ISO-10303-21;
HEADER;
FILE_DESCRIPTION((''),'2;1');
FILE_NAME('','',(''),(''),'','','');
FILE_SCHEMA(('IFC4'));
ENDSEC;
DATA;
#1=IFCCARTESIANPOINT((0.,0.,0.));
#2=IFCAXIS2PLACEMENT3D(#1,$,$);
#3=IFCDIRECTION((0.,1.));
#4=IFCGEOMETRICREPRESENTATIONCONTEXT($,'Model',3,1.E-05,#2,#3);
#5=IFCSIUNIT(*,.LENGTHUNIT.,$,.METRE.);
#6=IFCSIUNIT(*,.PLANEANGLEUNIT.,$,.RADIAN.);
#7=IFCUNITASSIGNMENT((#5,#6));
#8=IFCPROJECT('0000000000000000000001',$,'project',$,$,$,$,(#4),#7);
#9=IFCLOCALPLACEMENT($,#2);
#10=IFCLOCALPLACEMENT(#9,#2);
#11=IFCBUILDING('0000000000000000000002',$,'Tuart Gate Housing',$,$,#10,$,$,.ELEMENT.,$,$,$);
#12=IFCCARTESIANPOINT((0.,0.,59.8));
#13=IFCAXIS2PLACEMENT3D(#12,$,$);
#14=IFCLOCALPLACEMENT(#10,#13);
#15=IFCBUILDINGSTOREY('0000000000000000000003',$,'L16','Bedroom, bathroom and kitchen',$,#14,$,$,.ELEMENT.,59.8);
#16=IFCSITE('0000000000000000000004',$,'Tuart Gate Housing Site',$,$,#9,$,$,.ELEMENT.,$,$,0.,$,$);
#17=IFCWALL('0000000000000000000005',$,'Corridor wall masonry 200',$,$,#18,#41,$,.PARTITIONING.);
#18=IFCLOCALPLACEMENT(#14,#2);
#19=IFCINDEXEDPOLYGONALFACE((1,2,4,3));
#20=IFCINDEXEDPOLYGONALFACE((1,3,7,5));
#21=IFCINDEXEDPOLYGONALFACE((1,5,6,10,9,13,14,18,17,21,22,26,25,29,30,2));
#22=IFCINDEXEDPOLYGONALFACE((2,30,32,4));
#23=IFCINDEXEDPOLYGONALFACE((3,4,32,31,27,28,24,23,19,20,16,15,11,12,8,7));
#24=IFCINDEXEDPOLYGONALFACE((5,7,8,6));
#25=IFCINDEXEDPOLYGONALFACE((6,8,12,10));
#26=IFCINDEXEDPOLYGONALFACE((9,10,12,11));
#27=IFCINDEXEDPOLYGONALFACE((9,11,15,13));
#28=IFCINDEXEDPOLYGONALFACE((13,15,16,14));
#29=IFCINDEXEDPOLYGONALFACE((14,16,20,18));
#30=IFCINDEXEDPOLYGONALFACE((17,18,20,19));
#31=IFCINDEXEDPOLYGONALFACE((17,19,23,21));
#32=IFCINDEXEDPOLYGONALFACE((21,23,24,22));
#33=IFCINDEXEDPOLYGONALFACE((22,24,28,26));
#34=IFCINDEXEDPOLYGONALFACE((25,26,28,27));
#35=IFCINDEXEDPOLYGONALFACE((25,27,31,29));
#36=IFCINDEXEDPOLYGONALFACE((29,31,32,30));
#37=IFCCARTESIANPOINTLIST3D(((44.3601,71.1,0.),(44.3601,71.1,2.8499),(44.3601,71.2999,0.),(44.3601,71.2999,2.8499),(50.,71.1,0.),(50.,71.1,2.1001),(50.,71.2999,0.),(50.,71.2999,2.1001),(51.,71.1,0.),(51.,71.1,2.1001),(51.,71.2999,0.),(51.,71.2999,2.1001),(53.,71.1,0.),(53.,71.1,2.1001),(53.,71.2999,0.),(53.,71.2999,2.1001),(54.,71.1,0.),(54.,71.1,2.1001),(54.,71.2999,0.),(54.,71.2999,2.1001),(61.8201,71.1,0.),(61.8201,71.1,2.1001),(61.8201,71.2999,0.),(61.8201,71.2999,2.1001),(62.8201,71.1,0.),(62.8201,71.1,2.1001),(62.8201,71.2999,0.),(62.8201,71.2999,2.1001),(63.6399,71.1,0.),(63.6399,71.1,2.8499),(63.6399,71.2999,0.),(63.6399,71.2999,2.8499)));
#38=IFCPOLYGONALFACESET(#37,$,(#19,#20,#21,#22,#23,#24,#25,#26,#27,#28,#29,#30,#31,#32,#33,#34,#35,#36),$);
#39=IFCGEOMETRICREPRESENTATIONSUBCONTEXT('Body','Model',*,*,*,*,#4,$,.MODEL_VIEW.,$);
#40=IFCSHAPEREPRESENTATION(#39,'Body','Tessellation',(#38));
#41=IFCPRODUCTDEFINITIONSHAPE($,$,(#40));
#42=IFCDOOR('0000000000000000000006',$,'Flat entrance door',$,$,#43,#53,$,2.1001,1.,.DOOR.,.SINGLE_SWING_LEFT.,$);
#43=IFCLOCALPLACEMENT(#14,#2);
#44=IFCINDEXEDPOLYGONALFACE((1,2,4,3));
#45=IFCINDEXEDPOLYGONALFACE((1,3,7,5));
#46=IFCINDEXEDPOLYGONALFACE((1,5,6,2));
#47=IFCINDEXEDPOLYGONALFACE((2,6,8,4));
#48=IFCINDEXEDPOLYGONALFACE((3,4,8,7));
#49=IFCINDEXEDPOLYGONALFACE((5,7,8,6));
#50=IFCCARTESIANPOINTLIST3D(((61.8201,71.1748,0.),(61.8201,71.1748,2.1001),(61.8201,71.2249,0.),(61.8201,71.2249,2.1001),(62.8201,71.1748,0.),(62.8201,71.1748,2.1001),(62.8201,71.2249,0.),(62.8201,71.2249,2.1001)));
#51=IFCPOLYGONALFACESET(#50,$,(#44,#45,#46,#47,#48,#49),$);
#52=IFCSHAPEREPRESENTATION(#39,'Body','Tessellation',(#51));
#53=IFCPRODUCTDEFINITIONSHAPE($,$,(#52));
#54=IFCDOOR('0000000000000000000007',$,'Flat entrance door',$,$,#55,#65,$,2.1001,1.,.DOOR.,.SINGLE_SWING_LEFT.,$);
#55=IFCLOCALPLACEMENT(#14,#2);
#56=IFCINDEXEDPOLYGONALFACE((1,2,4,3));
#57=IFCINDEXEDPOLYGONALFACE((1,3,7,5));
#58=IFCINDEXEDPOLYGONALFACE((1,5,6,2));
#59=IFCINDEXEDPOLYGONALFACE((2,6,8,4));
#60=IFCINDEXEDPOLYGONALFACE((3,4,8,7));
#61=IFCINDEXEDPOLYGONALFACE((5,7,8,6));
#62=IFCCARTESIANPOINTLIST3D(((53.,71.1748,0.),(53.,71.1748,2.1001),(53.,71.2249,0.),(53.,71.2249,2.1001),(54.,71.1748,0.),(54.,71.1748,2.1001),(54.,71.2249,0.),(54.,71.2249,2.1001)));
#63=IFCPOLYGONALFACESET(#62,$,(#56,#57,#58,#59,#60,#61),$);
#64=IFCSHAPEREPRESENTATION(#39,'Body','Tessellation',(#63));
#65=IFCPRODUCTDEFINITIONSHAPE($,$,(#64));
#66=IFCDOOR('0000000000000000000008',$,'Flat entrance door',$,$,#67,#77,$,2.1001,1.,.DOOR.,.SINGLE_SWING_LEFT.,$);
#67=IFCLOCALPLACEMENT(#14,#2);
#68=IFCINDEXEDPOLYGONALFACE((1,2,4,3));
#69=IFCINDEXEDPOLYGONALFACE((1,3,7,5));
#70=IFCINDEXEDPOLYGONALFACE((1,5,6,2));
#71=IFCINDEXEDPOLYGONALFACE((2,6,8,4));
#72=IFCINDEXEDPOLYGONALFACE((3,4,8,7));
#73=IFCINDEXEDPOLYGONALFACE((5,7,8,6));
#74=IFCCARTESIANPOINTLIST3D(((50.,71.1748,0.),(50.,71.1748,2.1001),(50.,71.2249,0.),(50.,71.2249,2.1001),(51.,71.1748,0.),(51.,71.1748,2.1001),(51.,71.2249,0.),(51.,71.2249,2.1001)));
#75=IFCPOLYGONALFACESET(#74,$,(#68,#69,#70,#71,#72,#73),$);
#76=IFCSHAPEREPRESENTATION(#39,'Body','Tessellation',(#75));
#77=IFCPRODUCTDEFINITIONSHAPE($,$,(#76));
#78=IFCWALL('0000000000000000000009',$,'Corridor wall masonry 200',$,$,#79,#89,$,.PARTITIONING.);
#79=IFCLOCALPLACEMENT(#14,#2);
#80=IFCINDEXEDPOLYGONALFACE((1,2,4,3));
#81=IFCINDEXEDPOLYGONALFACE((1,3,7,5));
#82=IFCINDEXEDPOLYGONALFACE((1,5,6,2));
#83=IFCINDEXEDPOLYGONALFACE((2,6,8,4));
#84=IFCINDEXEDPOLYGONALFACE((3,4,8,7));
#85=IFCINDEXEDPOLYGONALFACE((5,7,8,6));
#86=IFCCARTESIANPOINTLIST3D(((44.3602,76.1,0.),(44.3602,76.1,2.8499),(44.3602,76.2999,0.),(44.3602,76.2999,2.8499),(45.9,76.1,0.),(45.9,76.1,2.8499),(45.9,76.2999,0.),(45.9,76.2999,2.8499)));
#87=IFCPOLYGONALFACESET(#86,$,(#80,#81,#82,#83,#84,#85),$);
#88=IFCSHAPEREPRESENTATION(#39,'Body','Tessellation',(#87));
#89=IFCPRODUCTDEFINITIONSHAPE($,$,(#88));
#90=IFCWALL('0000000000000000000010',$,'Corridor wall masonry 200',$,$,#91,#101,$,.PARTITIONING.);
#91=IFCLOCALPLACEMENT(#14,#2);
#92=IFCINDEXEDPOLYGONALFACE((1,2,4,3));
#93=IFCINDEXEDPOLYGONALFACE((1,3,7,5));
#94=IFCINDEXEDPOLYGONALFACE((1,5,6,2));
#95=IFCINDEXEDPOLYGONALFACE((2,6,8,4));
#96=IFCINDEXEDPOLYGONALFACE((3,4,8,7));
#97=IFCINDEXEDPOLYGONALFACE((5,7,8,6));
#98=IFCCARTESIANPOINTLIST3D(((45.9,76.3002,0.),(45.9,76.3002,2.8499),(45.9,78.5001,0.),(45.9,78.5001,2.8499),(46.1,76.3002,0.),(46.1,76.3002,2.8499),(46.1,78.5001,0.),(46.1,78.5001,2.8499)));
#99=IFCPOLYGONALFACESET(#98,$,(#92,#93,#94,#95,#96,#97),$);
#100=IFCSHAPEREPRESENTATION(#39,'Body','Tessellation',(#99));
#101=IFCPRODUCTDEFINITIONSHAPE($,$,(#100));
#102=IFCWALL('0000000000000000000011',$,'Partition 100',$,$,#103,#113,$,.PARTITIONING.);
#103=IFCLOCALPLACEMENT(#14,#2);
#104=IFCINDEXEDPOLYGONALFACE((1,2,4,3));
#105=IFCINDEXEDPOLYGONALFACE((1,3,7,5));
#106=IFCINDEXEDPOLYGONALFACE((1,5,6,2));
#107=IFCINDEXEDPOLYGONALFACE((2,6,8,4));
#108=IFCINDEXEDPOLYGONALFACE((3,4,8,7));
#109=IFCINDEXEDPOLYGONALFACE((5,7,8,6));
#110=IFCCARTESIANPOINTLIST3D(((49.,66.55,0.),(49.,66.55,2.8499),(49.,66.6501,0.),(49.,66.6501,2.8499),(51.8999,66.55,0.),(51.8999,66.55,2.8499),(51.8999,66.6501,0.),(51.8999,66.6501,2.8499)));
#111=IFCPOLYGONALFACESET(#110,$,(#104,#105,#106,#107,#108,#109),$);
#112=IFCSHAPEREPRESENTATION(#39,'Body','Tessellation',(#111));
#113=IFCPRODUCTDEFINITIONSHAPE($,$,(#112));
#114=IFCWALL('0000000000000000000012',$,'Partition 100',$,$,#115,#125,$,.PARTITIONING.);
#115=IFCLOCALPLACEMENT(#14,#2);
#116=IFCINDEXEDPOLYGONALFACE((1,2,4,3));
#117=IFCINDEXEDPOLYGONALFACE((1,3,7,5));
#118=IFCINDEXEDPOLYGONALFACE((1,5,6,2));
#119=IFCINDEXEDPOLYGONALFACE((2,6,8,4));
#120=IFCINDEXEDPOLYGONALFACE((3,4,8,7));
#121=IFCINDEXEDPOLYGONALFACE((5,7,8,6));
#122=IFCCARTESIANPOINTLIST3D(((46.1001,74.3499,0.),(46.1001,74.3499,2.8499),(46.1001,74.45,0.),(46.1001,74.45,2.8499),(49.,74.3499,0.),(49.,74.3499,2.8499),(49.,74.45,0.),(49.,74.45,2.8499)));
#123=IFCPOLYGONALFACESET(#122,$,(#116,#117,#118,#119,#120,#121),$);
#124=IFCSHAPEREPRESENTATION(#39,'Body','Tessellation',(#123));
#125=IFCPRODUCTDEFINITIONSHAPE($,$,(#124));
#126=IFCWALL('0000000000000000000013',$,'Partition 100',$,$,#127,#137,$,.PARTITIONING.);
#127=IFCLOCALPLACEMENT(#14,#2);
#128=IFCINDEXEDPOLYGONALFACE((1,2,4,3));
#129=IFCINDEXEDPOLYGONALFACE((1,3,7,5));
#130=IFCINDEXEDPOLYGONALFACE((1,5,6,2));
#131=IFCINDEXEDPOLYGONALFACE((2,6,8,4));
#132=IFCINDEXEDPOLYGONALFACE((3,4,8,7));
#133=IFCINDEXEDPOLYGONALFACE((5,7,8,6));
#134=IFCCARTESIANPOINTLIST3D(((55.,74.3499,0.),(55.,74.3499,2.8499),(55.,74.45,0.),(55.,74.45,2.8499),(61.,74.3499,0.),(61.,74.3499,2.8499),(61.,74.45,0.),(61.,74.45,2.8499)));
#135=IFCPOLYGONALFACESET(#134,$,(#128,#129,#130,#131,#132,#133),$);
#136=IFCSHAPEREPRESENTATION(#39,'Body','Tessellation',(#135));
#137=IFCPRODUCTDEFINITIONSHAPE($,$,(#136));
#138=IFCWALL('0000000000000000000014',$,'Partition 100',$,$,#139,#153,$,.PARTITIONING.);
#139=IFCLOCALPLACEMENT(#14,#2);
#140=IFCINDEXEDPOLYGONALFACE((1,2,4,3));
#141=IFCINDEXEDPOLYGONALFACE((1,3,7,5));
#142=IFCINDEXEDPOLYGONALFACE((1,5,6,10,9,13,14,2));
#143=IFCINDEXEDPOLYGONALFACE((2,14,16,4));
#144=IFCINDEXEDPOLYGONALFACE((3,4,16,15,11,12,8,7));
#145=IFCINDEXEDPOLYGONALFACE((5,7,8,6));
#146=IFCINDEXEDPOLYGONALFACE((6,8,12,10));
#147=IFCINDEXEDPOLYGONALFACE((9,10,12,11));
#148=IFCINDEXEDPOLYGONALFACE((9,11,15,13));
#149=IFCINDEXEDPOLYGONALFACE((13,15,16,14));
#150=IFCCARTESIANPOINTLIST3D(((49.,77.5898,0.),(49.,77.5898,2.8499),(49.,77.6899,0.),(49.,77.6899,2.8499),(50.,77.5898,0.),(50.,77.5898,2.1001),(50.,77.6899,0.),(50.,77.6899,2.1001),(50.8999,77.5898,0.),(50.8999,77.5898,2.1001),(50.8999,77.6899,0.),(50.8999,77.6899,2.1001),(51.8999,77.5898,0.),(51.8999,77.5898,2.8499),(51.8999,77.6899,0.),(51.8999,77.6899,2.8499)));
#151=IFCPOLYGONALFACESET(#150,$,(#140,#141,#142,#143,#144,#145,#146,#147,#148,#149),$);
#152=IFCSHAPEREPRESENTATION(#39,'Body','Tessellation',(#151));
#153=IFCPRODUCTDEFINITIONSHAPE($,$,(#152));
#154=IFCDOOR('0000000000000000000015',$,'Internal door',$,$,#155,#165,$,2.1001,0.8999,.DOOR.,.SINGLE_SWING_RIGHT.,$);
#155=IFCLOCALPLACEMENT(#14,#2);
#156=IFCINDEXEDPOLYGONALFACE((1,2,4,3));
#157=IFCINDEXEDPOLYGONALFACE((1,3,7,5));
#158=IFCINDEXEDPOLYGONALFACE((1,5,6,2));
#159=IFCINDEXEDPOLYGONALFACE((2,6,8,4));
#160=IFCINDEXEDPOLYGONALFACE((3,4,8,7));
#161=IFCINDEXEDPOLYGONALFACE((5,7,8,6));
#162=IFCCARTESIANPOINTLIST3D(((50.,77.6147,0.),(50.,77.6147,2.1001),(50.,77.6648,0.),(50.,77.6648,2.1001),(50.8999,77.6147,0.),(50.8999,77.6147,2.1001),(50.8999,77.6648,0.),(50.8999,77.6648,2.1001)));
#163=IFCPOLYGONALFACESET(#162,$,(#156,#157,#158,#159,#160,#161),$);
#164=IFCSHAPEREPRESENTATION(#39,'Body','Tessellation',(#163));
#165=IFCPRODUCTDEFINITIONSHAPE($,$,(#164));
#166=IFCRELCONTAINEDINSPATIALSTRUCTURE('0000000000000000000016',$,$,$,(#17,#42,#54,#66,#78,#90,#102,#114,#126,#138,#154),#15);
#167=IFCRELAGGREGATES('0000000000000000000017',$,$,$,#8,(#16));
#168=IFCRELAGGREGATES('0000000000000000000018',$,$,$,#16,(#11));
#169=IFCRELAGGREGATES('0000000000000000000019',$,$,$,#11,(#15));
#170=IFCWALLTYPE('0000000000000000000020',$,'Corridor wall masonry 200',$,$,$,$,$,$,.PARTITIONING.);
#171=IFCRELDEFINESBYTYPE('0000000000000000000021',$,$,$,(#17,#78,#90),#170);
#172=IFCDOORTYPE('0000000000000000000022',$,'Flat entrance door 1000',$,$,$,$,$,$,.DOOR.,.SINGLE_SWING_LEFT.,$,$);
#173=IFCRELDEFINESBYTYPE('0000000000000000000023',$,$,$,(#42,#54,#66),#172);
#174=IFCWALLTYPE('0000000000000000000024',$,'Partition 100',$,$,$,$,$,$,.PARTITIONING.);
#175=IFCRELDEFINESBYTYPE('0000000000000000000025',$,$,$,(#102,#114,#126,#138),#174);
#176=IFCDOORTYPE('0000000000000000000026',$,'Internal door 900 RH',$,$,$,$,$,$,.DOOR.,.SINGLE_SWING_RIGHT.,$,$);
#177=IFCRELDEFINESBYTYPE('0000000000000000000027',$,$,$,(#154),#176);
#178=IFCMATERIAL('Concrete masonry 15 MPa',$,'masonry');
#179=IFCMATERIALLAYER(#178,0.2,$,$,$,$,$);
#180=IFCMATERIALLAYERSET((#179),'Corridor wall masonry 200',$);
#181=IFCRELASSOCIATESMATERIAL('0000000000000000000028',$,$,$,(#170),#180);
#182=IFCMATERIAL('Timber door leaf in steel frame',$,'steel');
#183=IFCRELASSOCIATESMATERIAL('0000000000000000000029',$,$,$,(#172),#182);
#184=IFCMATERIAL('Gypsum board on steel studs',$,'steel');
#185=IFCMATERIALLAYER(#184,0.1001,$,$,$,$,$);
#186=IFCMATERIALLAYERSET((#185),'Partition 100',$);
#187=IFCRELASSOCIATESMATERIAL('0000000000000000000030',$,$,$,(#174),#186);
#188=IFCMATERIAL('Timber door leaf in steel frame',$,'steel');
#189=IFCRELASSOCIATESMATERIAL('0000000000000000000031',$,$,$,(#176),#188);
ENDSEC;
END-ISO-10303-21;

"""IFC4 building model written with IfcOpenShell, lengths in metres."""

from ifc_helpers import new_model, si_unit, direction, frame, frame_2d, origin, place, context, subcontext, project, spatial, rectangle, extrude, material, layer, layer_set, type_object, element, fill, save


model = new_model("IFC4")

# Units and contexts
model_context = context("Model", 3, precision=1e-05, world=origin(), true_north=direction((0.0, 1.0)))
body_context = subcontext(model_context, "Body", "Model", "MODEL_VIEW")
ifc_project = project(units=[si_unit("LENGTHUNIT", "METRE"), si_unit("PLANEANGLEUNIT", "RADIAN")], contexts=[model_context])

# Site, building, storey
site_placement = place(None, origin())
site = spatial("IfcSite", under=ifc_project, at=site_placement, Name="Tuart Gate Housing Site", CompositionType="ELEMENT", RefElevation=0.0)
building_placement = place(site_placement, origin())
building = spatial("IfcBuilding", under=site, at=building_placement, Name="Tuart Gate Housing", CompositionType="ELEMENT")
storey_placement = place(building_placement, frame((0.0, 0.0, 59.8)))
storey = spatial("IfcBuildingStorey", under=building, at=storey_placement, Name="L16", Description="Bedroom, bathroom and kitchen", CompositionType="ELEMENT", Elevation=59.8)

# Wall, openings, doors
ifc_material_1 = material(Name="Concrete masonry 15 MPa", Category="masonry")
ifc_layer_1 = layer(ifc_material_1, 0.2)
ifc_layer_set_1 = layer_set([ifc_layer_1], Name="Corridor wall masonry 200")
wall_type_1 = type_object("IfcWallType", Name="Corridor wall masonry 200", PredefinedType="PARTITIONING", material=ifc_layer_set_1)
wall_1_placement = place(storey_placement, frame((44.3601, 71.2, 0.0), z_axis=(0.0, 0.0, 1.0), x_axis=(1.0, 0.0, 0.0)))
wall_1 = element("IfcWall", 1, at=wall_1_placement, inside=storey, type_object=wall_type_1, Name="Corridor wall masonry 200", PredefinedType="PARTITIONING", context=body_context, shape_type="SweptSolid", body=[
    extrude(rectangle(XDim=19.2798, YDim=0.2, at=frame_2d((9.6399, 0.0))), origin(), (0.0, 0.0, 1.0), 2.8499),
])
opening_1_placement = place(wall_1_placement, frame((17.46, 0.0, 0.0)))
opening_1 = element("IfcOpeningElement", 2, at=opening_1_placement, cuts=wall_1, PredefinedType="OPENING", context=body_context, shape_type="SweptSolid", body=[
    extrude(rectangle(XDim=1.0, YDim=2.1001, at=frame_2d((0.5, 1.05))), frame((0.0, 0.1099, 0.0), z_axis=(0.0, -1.0, 0.0), x_axis=(1.0, 0.0, 0.0)), (0.0, 0.0, 1.0), 0.22),
])
opening_2_placement = place(wall_1_placement, frame((8.6399, 0.0, 0.0)))
opening_2 = element("IfcOpeningElement", 3, at=opening_2_placement, cuts=wall_1, PredefinedType="OPENING", context=body_context, shape_type="SweptSolid", body=[
    extrude(rectangle(XDim=1.0, YDim=2.1001, at=frame_2d((0.5, 1.05))), frame((0.0, 0.1099, 0.0), z_axis=(0.0, -1.0, 0.0), x_axis=(1.0, 0.0, 0.0)), (0.0, 0.0, 1.0), 0.22),
])
opening_3_placement = place(wall_1_placement, frame((5.6399, 0.0, 0.0)))
opening_3 = element("IfcOpeningElement", 4, at=opening_3_placement, cuts=wall_1, PredefinedType="OPENING", context=body_context, shape_type="SweptSolid", body=[
    extrude(rectangle(XDim=1.0, YDim=2.1001, at=frame_2d((0.5, 1.05))), frame((0.0, 0.1099, 0.0), z_axis=(0.0, -1.0, 0.0), x_axis=(1.0, 0.0, 0.0)), (0.0, 0.0, 1.0), 0.22),
])
ifc_material_2 = material(Name="Timber door leaf in steel frame", Category="steel")
door_type_1 = type_object("IfcDoorType", Name="Flat entrance door 1000", OperationType="SINGLE_SWING_LEFT", PredefinedType="DOOR", material=ifc_material_2)
door_1_placement = place(opening_1_placement, origin())
door_1 = element("IfcDoor", 5, at=door_1_placement, inside=storey, type_object=door_type_1, Name="Flat entrance door", OperationType="SINGLE_SWING_LEFT", OverallHeight=2.1001, OverallWidth=1.0, PredefinedType="DOOR", context=body_context, shape_type="SweptSolid", body=[
    extrude(rectangle(XDim=1.0, YDim=2.1001, at=frame_2d((0.5, 1.05))), frame((0.0, 0.0249, 0.0), z_axis=(0.0, -1.0, 0.0), x_axis=(1.0, 0.0, 0.0)), (0.0, 0.0, 1.0), 0.05),
])
fill(opening_1, door_1)
door_2_placement = place(opening_2_placement, origin())
door_2 = element("IfcDoor", 6, at=door_2_placement, inside=storey, type_object=door_type_1, Name="Flat entrance door", OperationType="SINGLE_SWING_LEFT", OverallHeight=2.1001, OverallWidth=1.0, PredefinedType="DOOR", context=body_context, shape_type="SweptSolid", body=[
    extrude(rectangle(XDim=1.0, YDim=2.1001, at=frame_2d((0.5, 1.05))), frame((0.0, 0.0249, 0.0), z_axis=(0.0, -1.0, 0.0), x_axis=(1.0, 0.0, 0.0)), (0.0, 0.0, 1.0), 0.05),
])
fill(opening_2, door_2)
door_3_placement = place(opening_3_placement, origin())
door_3 = element("IfcDoor", 7, at=door_3_placement, inside=storey, type_object=door_type_1, Name="Flat entrance door", OperationType="SINGLE_SWING_LEFT", OverallHeight=2.1001, OverallWidth=1.0, PredefinedType="DOOR", context=body_context, shape_type="SweptSolid", body=[
    extrude(rectangle(XDim=1.0, YDim=2.1001, at=frame_2d((0.5, 1.05))), frame((0.0, 0.0249, 0.0), z_axis=(0.0, -1.0, 0.0), x_axis=(1.0, 0.0, 0.0)), (0.0, 0.0, 1.0), 0.05),
])
fill(opening_3, door_3)

# Walls
wall_2_placement = place(storey_placement, frame((44.3601, 76.2, 0.0), z_axis=(0.0, 0.0, 1.0), x_axis=(1.0, 0.0, 0.0)))
element("IfcWall", 8, at=wall_2_placement, inside=storey, type_object=wall_type_1, Name="Corridor wall masonry 200", PredefinedType="PARTITIONING", context=body_context, shape_type="SweptSolid", body=[
    extrude(rectangle(XDim=1.5398, YDim=0.2, at=frame_2d((0.77, 0.0))), origin(), (0.0, 0.0, 1.0), 2.8499),
])
wall_3_placement = place(storey_placement, frame((46.0, 76.3, 0.0), z_axis=(0.0, 0.0, 1.0), x_axis=(0.0, 1.0, 0.0)))
element("IfcWall", 9, at=wall_3_placement, inside=storey, type_object=wall_type_1, Name="Corridor wall masonry 200", PredefinedType="PARTITIONING", context=body_context, shape_type="SweptSolid", body=[
    extrude(rectangle(XDim=2.2, YDim=0.2, at=frame_2d((1.1001, 0.0))), origin(), (0.0, 0.0, 1.0), 2.8499),
])
ifc_material_3 = material(Name="Gypsum board on steel studs", Category="steel")
ifc_layer_2 = layer(ifc_material_3, 0.1001)
ifc_layer_set_2 = layer_set([ifc_layer_2], Name="Partition 100")
wall_type_2 = type_object("IfcWallType", Name="Partition 100", PredefinedType="PARTITIONING", material=ifc_layer_set_2)
for number, where, z_axis, x_axis, name in (
    (10, (49.0, 66.6001, 0.0), (0.0, 0.0, 1.0), (1.0, 0.0, 0.0), "Partition 100"),
    (11, (46.1001, 74.3999, 0.0), (0.0, 0.0, 1.0), (1.0, 0.0, 0.0), "Partition 100"),
):
    element("IfcWall", number, at=place(storey_placement, frame(where, z_axis=z_axis, x_axis=x_axis)), inside=storey, type_object=wall_type_2, Name=name, PredefinedType="PARTITIONING", context=body_context, shape_type="SweptSolid", body=[
        extrude(rectangle(XDim=2.8999, YDim=0.1001, at=frame_2d((1.45, 0.0))), origin(), (0.0, 0.0, 1.0), 2.8499),
    ])
wall_4_placement = place(storey_placement, frame((55.0, 74.3999, 0.0), z_axis=(0.0, 0.0, 1.0), x_axis=(1.0, 0.0, 0.0)))
element("IfcWall", 12, at=wall_4_placement, inside=storey, type_object=wall_type_2, Name="Partition 100", PredefinedType="PARTITIONING", context=body_context, shape_type="SweptSolid", body=[
    extrude(rectangle(XDim=6.0, YDim=0.1001, at=frame_2d((3.0, 0.0))), origin(), (0.0, 0.0, 1.0), 2.8499),
])

# Wall, opening, door
wall_5_placement = place(storey_placement, frame((49.0, 77.6399, 0.0), z_axis=(0.0, 0.0, 1.0), x_axis=(1.0, 0.0, 0.0)))
wall_5 = element("IfcWall", 13, at=wall_5_placement, inside=storey, type_object=wall_type_2, Name="Partition 100", PredefinedType="PARTITIONING", context=body_context, shape_type="SweptSolid", body=[
    extrude(rectangle(XDim=2.8999, YDim=0.1001, at=frame_2d((1.45, 0.0))), origin(), (0.0, 0.0, 1.0), 2.8499),
])
opening_4_placement = place(wall_5_placement, frame((1.0, 0.0, 0.0)))
opening_4 = element("IfcOpeningElement", 14, at=opening_4_placement, cuts=wall_5, PredefinedType="OPENING", context=body_context, shape_type="SweptSolid", body=[
    extrude(rectangle(XDim=0.8999, YDim=2.1001, at=frame_2d((0.45, 1.05))), frame((0.0, 0.0601, 0.0), z_axis=(0.0, -1.0, 0.0), x_axis=(1.0, 0.0, 0.0)), (0.0, 0.0, 1.0), 0.1201),
])
ifc_material_4 = material(Name="Timber door leaf in steel frame", Category="steel")
door_type_2 = type_object("IfcDoorType", Name="Internal door 900 RH", OperationType="SINGLE_SWING_RIGHT", PredefinedType="DOOR", material=ifc_material_4)
door_4_placement = place(opening_4_placement, frame((0.8999, 0.0, 0.0), z_axis=(0.0, 0.0, 1.0), x_axis=(-1.0, 0.0, 0.0)))
door_4 = element("IfcDoor", 15, at=door_4_placement, inside=storey, type_object=door_type_2, Name="Internal door", OperationType="SINGLE_SWING_RIGHT", OverallHeight=2.1001, OverallWidth=0.8999, PredefinedType="DOOR", context=body_context, shape_type="SweptSolid", body=[
    extrude(rectangle(XDim=0.8999, YDim=2.1001, at=frame_2d((0.45, 1.05))), frame((0.0, 0.0251, 0.0), z_axis=(0.0, -1.0, 0.0), x_axis=(1.0, 0.0, 0.0)), (0.0, 0.0, 1.0), 0.05),
])
fill(opening_4, door_4)

save(model, "model.ifc")
